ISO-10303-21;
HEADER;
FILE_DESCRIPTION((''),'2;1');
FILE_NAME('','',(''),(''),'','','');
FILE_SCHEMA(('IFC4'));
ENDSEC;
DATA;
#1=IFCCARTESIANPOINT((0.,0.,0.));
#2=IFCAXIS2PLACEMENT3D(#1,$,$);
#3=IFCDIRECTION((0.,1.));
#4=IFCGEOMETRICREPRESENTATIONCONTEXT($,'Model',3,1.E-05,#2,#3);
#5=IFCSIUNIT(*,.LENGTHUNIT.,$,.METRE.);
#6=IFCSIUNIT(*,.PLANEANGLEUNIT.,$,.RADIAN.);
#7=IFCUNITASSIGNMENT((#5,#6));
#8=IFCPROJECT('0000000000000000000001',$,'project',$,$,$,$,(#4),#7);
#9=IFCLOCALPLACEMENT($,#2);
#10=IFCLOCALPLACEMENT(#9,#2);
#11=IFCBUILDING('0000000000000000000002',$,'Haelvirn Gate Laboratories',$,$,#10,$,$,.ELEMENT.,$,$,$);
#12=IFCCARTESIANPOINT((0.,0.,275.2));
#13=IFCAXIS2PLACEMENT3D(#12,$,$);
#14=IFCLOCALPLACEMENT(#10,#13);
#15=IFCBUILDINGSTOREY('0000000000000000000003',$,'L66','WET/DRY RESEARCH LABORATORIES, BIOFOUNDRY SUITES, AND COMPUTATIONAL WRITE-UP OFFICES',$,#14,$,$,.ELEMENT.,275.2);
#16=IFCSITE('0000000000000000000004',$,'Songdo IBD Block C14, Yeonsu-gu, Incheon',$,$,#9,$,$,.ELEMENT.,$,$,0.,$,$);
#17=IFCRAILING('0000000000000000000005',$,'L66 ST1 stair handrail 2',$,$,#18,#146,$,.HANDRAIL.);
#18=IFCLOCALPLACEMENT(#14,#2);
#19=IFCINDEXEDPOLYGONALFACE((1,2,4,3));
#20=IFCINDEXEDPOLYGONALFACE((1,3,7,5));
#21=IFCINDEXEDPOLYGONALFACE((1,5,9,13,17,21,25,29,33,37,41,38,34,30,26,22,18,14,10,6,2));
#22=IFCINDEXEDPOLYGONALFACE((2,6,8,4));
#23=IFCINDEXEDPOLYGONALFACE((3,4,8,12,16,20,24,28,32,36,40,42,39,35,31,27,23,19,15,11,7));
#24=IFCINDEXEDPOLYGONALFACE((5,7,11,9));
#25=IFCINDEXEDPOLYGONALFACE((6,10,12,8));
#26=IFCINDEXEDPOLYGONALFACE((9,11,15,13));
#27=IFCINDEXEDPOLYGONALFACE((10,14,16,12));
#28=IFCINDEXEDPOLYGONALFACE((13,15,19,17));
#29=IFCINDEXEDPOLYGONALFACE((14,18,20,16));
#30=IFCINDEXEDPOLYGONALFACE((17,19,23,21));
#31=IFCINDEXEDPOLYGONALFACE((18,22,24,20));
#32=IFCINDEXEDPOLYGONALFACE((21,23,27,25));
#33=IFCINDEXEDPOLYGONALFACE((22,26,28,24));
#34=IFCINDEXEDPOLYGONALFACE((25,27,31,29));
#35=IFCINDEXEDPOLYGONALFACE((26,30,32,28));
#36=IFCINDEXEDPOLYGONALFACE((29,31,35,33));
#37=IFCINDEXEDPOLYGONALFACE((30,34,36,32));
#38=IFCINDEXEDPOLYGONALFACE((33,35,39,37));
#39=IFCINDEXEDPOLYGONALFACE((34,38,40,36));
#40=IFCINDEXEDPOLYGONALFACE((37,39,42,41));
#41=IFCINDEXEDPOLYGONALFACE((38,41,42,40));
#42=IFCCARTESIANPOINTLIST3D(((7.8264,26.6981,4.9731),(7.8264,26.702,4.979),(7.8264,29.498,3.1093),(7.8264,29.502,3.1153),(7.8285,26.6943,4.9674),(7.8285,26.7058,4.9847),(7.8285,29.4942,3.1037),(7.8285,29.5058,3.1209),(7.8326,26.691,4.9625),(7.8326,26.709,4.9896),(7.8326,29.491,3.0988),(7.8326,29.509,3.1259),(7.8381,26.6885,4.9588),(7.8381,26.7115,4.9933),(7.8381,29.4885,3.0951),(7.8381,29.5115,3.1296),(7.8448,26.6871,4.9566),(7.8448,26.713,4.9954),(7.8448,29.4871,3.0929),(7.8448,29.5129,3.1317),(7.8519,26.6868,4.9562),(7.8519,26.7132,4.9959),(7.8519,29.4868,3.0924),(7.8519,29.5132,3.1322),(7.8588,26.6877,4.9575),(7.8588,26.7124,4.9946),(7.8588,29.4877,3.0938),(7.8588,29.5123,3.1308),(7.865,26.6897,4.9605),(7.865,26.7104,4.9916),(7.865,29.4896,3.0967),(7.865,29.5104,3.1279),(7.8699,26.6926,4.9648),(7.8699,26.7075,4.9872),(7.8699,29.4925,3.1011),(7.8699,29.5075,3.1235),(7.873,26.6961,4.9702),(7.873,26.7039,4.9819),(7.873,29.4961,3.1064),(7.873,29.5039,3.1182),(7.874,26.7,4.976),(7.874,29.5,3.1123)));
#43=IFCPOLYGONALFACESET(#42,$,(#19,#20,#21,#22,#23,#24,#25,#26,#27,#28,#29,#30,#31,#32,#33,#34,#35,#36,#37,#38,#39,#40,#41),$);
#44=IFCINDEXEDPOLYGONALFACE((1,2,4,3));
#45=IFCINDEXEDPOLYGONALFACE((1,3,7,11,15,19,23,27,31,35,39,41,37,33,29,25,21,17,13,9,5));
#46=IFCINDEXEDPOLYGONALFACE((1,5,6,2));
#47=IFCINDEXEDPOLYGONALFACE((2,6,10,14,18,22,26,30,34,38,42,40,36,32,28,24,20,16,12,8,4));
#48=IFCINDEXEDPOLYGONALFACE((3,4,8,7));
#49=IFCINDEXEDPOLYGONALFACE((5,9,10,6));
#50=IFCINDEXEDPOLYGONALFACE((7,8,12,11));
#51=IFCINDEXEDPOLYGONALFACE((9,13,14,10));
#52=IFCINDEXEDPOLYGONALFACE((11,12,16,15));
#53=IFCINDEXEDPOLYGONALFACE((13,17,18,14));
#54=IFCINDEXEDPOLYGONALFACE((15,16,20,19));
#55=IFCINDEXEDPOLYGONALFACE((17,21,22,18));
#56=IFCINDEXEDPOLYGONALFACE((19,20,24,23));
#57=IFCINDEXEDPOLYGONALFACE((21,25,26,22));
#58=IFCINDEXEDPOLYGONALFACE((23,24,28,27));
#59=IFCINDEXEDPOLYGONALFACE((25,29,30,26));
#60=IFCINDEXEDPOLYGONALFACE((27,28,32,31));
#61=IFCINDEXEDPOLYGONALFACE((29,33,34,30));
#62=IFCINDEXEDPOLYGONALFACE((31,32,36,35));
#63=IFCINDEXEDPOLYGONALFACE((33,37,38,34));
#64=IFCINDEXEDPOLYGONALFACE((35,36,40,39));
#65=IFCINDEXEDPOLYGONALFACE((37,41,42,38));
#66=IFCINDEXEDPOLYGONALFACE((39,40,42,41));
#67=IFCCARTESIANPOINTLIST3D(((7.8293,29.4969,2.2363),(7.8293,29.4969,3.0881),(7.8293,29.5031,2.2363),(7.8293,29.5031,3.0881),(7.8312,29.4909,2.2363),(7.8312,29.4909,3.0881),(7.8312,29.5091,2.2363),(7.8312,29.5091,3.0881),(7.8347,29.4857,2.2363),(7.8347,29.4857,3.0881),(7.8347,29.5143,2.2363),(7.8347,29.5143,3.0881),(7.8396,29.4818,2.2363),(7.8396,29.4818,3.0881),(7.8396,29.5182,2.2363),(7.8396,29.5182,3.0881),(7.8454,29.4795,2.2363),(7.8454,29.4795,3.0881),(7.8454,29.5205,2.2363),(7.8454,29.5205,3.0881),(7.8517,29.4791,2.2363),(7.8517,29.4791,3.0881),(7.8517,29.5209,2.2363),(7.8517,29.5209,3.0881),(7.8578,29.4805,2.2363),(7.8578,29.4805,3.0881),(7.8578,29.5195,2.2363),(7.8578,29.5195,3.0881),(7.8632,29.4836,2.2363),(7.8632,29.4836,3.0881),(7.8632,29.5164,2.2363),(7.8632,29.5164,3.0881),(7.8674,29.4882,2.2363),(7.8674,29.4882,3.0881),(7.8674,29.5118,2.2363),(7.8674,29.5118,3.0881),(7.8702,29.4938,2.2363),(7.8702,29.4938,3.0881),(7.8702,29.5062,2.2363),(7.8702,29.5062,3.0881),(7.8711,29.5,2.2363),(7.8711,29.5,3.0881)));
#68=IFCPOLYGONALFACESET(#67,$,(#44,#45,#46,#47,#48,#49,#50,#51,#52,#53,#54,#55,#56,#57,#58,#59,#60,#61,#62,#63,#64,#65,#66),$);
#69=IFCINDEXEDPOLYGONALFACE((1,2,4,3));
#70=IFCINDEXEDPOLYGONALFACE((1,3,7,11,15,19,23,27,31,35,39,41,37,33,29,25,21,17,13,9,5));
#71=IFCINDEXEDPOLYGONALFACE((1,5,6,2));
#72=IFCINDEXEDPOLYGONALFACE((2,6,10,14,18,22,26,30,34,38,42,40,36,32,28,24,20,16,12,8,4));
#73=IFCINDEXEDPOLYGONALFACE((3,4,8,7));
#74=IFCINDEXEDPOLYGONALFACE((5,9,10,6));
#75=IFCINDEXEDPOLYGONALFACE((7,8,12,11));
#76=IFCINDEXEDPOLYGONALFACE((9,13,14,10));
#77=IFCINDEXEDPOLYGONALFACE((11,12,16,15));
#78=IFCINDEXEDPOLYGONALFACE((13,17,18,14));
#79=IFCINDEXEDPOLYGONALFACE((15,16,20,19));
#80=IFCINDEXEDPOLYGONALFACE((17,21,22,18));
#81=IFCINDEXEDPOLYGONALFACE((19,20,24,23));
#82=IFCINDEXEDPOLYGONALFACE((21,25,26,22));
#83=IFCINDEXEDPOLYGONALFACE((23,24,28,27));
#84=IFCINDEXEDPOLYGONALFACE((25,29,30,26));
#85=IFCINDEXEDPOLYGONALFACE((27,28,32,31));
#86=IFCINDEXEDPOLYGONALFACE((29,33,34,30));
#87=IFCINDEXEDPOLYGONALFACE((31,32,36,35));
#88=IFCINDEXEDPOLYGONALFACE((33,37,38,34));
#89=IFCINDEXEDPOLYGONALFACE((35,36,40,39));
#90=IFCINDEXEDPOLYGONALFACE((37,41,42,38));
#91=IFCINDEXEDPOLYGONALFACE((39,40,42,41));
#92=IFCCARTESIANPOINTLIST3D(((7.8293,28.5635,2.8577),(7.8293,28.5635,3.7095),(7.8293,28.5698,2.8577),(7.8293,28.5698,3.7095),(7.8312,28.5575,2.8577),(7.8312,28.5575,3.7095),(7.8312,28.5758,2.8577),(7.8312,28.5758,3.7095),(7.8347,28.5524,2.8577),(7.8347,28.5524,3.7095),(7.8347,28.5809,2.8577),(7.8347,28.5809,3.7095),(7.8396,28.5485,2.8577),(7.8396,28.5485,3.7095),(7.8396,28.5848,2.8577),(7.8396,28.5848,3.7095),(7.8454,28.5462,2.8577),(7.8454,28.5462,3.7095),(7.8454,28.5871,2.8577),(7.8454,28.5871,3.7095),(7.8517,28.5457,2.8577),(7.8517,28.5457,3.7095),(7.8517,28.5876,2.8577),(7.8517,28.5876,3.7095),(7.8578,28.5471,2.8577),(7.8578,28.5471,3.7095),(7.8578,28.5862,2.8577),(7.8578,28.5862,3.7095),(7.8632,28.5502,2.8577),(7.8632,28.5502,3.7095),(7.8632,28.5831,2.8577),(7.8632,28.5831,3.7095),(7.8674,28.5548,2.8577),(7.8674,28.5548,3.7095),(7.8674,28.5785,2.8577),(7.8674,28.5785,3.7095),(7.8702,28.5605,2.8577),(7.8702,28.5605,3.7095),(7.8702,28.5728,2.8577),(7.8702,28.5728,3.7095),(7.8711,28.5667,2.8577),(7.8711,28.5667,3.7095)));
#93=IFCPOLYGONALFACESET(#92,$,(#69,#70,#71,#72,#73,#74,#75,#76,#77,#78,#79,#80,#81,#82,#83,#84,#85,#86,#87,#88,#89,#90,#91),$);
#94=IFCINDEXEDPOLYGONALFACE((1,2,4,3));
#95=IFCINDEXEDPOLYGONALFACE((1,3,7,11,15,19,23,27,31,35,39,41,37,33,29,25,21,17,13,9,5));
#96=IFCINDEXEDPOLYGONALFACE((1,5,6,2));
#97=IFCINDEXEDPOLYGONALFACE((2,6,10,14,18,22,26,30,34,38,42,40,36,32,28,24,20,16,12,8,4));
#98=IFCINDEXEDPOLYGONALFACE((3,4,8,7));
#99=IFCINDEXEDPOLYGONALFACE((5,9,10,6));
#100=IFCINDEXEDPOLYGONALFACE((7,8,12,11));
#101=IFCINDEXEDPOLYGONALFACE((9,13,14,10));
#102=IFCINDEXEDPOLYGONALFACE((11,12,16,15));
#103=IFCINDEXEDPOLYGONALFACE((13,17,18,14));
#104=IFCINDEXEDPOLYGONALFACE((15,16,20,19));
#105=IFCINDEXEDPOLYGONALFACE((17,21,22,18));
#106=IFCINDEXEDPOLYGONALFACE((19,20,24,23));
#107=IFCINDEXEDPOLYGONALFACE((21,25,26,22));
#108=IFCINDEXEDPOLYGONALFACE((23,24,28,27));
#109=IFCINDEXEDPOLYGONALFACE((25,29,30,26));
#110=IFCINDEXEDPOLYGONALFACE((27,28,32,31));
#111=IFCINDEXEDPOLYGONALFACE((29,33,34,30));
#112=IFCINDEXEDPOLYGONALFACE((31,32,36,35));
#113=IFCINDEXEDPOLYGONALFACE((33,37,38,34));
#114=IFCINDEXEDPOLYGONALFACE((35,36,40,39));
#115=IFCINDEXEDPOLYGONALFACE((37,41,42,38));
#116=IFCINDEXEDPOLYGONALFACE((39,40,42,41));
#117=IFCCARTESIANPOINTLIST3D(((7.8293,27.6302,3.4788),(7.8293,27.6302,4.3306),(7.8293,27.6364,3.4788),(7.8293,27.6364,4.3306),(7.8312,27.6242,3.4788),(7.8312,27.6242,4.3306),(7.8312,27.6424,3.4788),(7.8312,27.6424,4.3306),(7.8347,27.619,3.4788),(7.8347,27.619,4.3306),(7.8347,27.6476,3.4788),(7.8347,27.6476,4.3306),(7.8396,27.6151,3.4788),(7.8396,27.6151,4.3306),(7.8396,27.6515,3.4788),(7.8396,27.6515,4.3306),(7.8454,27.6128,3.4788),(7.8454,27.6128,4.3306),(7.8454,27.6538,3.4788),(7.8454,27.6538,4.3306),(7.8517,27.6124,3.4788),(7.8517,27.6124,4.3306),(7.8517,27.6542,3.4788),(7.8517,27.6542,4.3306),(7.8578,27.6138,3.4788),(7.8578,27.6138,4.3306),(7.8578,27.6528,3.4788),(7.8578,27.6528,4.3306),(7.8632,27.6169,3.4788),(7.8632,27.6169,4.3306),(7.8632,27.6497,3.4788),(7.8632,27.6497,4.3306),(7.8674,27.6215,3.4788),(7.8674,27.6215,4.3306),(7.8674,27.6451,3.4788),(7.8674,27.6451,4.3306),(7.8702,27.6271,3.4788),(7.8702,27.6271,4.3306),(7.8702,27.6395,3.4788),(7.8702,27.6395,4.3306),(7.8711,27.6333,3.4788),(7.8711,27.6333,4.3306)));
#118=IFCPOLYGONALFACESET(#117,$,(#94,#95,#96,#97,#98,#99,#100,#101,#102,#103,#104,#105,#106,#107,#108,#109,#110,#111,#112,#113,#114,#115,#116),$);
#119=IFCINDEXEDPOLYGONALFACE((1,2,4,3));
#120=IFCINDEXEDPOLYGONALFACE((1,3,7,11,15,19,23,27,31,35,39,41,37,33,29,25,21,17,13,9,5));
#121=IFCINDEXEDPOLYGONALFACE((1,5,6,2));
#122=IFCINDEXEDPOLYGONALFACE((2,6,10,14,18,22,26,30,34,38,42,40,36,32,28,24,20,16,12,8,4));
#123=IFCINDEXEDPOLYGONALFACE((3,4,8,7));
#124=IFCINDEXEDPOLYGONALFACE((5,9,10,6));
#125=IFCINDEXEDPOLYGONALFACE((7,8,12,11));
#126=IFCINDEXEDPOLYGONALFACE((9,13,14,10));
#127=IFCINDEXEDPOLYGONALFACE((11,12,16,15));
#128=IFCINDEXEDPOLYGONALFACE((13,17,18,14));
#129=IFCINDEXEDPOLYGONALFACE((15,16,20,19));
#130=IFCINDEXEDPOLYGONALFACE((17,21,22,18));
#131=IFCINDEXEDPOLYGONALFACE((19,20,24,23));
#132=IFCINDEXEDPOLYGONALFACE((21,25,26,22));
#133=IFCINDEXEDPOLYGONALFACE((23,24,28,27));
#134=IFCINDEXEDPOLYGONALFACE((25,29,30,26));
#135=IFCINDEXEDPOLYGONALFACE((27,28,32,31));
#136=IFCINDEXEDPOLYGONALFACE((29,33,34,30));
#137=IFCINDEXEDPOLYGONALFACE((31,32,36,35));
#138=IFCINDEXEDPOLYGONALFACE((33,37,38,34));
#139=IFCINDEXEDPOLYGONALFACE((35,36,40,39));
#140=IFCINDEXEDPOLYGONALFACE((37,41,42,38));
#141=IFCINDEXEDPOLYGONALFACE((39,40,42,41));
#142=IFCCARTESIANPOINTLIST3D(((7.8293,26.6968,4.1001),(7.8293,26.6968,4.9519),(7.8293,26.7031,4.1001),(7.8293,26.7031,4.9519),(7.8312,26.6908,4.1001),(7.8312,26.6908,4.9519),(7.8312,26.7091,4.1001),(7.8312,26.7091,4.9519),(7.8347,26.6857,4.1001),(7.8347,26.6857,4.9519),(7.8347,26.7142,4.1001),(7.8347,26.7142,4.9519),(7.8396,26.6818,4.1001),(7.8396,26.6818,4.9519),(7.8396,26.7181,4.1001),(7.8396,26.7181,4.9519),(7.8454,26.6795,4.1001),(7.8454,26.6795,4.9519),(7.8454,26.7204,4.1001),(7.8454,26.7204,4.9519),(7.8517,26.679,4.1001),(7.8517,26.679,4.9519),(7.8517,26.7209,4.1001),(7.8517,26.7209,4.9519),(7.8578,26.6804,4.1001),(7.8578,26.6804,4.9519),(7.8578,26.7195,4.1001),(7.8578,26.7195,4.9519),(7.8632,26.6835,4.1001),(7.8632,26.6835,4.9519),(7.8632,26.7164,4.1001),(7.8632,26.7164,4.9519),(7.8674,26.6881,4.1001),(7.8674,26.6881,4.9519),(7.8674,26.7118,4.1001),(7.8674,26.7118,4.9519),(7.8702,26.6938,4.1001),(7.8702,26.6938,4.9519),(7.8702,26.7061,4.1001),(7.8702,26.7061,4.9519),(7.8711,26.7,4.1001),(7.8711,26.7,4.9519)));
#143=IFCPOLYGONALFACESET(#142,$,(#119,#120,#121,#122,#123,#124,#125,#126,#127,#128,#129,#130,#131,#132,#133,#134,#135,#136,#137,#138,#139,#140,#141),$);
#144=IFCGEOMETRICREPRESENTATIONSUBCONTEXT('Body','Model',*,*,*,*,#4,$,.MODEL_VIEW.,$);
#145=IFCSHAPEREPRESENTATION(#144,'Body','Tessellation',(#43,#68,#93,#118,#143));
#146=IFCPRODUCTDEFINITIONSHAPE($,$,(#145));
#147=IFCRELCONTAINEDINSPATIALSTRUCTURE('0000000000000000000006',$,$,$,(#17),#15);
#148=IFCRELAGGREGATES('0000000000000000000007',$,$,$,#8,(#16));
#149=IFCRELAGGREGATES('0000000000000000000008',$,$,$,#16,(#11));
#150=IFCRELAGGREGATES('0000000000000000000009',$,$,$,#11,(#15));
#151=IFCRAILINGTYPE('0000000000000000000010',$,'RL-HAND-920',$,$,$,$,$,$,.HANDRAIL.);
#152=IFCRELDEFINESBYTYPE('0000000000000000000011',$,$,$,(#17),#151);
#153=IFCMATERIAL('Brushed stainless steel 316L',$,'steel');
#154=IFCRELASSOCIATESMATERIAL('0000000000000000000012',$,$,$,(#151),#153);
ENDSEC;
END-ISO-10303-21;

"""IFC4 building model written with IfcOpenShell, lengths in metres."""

from ifc_helpers import new_model, si_unit, direction, frame, origin, origin_2d, place, context, subcontext, project, spatial, circle, extrude, source, transform, mapped, material, type_object, element, save


model = new_model("IFC4")

# Units and contexts
model_context = context("Model", 3, precision=1e-05, world=origin(), true_north=direction((0.0, 1.0)))
body_context = subcontext(model_context, "Body", "Model", "MODEL_VIEW")
ifc_project = project(units=[si_unit("LENGTHUNIT", "METRE"), si_unit("PLANEANGLEUNIT", "RADIAN")], contexts=[model_context])

# Site, building, storey
site_placement = place(None, origin())
site = spatial("IfcSite", under=ifc_project, at=site_placement, Name="Songdo IBD Block C14, Yeonsu-gu, Incheon", CompositionType="ELEMENT", RefElevation=0.0)
building_placement = place(site_placement, origin())
building = spatial("IfcBuilding", under=site, at=building_placement, Name="Haelvirn Gate Laboratories", CompositionType="ELEMENT")
storey_placement = place(building_placement, frame((0.0, 0.0, 275.2)))
storey = spatial("IfcBuildingStorey", under=building, at=storey_placement, Name="L66", Description="WET/DRY RESEARCH LABORATORIES, BIOFOUNDRY SUITES, AND COMPUTATIONAL WRITE-UP OFFICES", CompositionType="ELEMENT", Elevation=275.2)

# Railing
ifc_material_1 = material(Name="Brushed stainless steel 316L", Category="steel")
railing_type_1 = type_object("IfcRailingType", Name="RL-HAND-920", PredefinedType="HANDRAIL", material=ifc_material_1)
shared_shape_1 = source(origin(), body_context, "Body", "SweptSolid", [
    extrude(circle(Radius=0.0239, at=origin_2d()), frame((0.0, 0.0, 0.876), z_axis=(0.0, -0.832452, 0.554097), x_axis=(1.0, 0.0, 0.0)), (0.0, 0.0, 1.0), 3.3635),
    extrude(circle(Radius=0.021, at=origin_2d()), origin(), (0.0, 0.0, 1.0), 0.8518),
    extrude(circle(Radius=0.021, at=origin_2d()), frame((0.0, -0.9333, 0.6213)), (0.0, 0.0, 1.0), 0.8518),
    extrude(circle(Radius=0.021, at=origin_2d()), frame((0.0, -1.8667, 1.2424)), (0.0, 0.0, 1.0), 0.8518),
    extrude(circle(Radius=0.021, at=origin_2d()), frame((0.0, -2.8, 1.8638)), (0.0, 0.0, 1.0), 0.8518),
])
railing_1_placement = place(storey_placement, frame((7.8501, 29.5, 2.2363)))
element("IfcRailing", 1, at=railing_1_placement, inside=storey, type_object=railing_type_1, Name="L66 ST1 stair handrail 2", PredefinedType="HANDRAIL", context=body_context, shape_type="MappedRepresentation", body=[
    mapped(shared_shape_1, transform((0.0, 0.0, 0.0), scale=1.0)),
])

save(model, "model.ifc")
